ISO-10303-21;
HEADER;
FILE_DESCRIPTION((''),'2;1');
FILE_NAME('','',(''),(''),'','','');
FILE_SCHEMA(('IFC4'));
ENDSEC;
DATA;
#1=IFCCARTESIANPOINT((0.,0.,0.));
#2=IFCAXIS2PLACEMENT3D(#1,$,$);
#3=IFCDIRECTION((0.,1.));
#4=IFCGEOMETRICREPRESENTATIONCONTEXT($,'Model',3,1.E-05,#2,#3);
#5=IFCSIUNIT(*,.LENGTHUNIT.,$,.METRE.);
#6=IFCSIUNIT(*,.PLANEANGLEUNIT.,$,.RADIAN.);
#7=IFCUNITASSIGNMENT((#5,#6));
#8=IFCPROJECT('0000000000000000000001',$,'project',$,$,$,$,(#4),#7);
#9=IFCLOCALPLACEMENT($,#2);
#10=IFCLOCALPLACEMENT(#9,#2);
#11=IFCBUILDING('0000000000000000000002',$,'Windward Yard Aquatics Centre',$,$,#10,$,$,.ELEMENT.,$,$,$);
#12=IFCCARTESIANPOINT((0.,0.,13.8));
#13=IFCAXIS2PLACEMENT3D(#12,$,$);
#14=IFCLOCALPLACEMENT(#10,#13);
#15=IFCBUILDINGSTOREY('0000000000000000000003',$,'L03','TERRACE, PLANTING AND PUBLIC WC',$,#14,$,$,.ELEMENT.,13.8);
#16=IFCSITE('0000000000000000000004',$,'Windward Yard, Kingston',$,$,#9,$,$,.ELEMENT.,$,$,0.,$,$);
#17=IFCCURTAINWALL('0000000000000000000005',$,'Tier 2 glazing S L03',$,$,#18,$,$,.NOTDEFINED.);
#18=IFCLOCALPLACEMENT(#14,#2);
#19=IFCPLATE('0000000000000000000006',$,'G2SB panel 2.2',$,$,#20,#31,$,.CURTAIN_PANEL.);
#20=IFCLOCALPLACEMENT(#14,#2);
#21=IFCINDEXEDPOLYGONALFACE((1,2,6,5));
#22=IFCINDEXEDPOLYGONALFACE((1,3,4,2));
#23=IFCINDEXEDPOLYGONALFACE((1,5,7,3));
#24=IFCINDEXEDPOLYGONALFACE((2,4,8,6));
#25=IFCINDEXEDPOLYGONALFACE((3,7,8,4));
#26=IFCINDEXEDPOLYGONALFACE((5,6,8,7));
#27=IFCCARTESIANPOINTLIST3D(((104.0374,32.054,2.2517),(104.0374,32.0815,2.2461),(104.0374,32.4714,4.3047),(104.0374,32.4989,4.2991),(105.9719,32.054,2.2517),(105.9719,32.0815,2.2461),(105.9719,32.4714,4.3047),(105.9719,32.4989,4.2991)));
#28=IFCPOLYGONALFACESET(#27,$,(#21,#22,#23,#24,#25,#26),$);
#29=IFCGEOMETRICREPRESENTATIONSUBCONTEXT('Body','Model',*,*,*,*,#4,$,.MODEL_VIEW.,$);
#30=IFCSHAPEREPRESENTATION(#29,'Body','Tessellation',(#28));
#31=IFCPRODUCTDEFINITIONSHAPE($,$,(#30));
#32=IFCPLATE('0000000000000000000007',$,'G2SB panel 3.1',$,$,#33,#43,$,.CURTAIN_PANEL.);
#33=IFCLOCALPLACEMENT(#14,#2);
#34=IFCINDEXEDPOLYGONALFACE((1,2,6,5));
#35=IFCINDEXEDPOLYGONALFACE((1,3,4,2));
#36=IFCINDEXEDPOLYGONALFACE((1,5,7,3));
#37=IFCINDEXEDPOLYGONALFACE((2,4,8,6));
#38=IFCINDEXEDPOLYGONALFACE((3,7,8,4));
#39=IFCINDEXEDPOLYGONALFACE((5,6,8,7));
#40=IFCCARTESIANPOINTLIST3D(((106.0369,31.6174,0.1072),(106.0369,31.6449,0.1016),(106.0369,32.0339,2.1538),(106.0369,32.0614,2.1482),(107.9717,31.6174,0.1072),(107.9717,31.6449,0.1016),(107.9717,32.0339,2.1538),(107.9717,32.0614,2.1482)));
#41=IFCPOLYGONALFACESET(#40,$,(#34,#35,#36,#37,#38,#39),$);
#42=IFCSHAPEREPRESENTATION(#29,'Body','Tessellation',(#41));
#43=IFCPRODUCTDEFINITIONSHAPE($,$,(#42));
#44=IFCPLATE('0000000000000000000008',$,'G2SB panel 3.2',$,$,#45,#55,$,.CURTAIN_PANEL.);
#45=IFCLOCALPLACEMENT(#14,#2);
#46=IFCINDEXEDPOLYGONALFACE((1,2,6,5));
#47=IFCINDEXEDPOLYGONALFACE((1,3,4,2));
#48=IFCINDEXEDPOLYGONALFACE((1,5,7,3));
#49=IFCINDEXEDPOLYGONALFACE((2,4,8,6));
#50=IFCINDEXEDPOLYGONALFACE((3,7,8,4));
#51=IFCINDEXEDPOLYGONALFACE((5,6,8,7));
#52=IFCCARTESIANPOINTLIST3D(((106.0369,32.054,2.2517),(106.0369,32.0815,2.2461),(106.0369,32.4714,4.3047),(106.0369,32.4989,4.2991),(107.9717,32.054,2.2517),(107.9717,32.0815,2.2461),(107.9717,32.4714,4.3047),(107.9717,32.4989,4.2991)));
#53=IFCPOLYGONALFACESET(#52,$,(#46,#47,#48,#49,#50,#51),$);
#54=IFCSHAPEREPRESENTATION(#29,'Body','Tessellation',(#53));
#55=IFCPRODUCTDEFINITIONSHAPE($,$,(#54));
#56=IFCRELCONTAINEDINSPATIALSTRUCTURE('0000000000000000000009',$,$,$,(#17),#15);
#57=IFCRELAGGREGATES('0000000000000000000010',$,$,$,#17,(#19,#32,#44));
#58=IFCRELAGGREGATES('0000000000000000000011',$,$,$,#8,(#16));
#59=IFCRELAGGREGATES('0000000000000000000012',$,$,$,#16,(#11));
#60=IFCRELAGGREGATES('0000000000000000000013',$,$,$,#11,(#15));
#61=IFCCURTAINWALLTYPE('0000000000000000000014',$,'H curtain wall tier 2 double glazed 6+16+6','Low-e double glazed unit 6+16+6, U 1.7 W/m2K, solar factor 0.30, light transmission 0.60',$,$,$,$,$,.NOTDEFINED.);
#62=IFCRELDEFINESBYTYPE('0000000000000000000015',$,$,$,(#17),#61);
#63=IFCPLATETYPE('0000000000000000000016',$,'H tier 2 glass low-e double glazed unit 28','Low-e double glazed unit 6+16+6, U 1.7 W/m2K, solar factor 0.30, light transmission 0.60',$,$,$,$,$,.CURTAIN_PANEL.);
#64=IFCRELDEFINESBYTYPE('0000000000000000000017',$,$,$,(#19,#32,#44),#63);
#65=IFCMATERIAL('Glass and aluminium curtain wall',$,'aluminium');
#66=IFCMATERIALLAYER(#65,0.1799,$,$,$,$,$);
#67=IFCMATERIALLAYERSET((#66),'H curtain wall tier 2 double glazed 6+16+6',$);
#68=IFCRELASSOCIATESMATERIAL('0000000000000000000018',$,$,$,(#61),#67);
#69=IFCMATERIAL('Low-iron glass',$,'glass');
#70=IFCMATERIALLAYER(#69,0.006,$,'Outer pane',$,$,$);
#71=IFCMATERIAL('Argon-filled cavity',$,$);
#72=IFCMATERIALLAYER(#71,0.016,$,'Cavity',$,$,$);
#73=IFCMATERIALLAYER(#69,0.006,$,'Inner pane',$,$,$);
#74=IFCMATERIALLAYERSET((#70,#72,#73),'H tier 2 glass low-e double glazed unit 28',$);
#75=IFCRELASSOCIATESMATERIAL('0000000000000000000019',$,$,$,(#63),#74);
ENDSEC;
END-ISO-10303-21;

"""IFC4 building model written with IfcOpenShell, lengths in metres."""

from ifc_helpers import new_model, si_unit, direction, frame, origin, place, context, subcontext, project, spatial, polyline, outline, extrude, material, layer, layer_set, type_object, element, aggregate, save


model = new_model("IFC4")

# Units and contexts
model_context = context("Model", 3, precision=1e-05, world=origin(), true_north=direction((0.0, 1.0)))
body_context = subcontext(model_context, "Body", "Model", "MODEL_VIEW")
ifc_project = project(units=[si_unit("LENGTHUNIT", "METRE"), si_unit("PLANEANGLEUNIT", "RADIAN")], contexts=[model_context])

# Site, building, storey
site_placement = place(None, origin())
site = spatial("IfcSite", under=ifc_project, at=site_placement, Name="Windward Yard, Kingston", CompositionType="ELEMENT", RefElevation=0.0)
building_placement = place(site_placement, origin())
building = spatial("IfcBuilding", under=site, at=building_placement, Name="Windward Yard Aquatics Centre", CompositionType="ELEMENT")
storey_placement = place(building_placement, frame((0.0, 0.0, 13.8)))
storey = spatial("IfcBuildingStorey", under=building, at=storey_placement, Name="L03", Description="TERRACE, PLANTING AND PUBLIC WC", CompositionType="ELEMENT", Elevation=13.8)

# Curtain wall
ifc_material_1 = material(Name="Glass and aluminium curtain wall", Category="aluminium")
ifc_layer_1 = layer(ifc_material_1, 0.1799)
ifc_layer_set_1 = layer_set([ifc_layer_1], Name="H curtain wall tier 2 double glazed 6+16+6")
curtain_wall_type = type_object("IfcCurtainWallType", Name="H curtain wall tier 2 double glazed 6+16+6", Description="Low-e double glazed unit 6+16+6, U 1.7 W/m2K, solar factor 0.30, light transmission 0.60", PredefinedType="NOTDEFINED", material=ifc_layer_set_1)
curtain_wall_1_placement = place(storey_placement, origin())
curtain_wall_1 = element("IfcCurtainWall", 1, at=curtain_wall_1_placement, inside=storey, type_object=curtain_wall_type, Name="Tier 2 glazing S L03", PredefinedType="NOTDEFINED")

# Plates
ifc_material_2 = material(Name="Low-iron glass", Category="glass")
ifc_layer_2 = layer(ifc_material_2, 0.006, Name="Outer pane")
ifc_material_3 = material(Name="Argon-filled cavity")
ifc_layer_3 = layer(ifc_material_3, 0.016, Name="Cavity")
ifc_layer_4 = layer(ifc_material_2, 0.006, Name="Inner pane")
ifc_layer_set_2 = layer_set([ifc_layer_2, ifc_layer_3, ifc_layer_4], Name="H tier 2 glass low-e double glazed unit 28")
plate_type = type_object("IfcPlateType", Name="H tier 2 glass low-e double glazed unit 28", Description="Low-e double glazed unit 6+16+6, U 1.7 W/m2K, solar factor 0.30, light transmission 0.60", PredefinedType="CURTAIN_PANEL", material=ifc_layer_set_2)
plate_1_placement = place(storey_placement, frame((104.0374, 32.054, 2.2517), z_axis=(0.0, -0.979944, 0.199275), x_axis=(1.0, 0.0, 0.0)))
plate_1 = element("IfcPlate", 2, at=plate_1_placement, type_object=plate_type, Name="G2SB panel 2.2", PredefinedType="CURTAIN_PANEL", context=body_context, shape_type="SweptSolid", body=[
    extrude(outline(polyline([(0.0, 0.0), (1.9346, 0.0), (1.9346, 2.095), (0.0, 2.095), (0.0, 0.0)])), origin(), (0.0, 0.0, -1.0), 0.0281),
])
plate_2_placement = place(storey_placement, frame((106.0369, 31.6174, 0.1072), z_axis=(0.0, -0.979914, 0.199419), x_axis=(1.0, 0.0, 0.0)))
plate_2 = element("IfcPlate", 3, at=plate_2_placement, type_object=plate_type, Name="G2SB panel 3.1", PredefinedType="CURTAIN_PANEL", context=body_context, shape_type="SweptSolid", body=[
    extrude(outline(polyline([(0.0, 0.0), (1.9348, 0.0), (1.9348, 2.0886), (0.0, 2.0886), (0.0, 0.0)])), origin(), (0.0, 0.0, -1.0), 0.0281),
])
plate_3_placement = place(storey_placement, frame((106.0369, 32.054, 2.2517), z_axis=(0.0, -0.979944, 0.199275), x_axis=(1.0, 0.0, 0.0)))
plate_3 = element("IfcPlate", 4, at=plate_3_placement, type_object=plate_type, Name="G2SB panel 3.2", PredefinedType="CURTAIN_PANEL", context=body_context, shape_type="SweptSolid", body=[
    extrude(outline(polyline([(0.0, 0.0), (1.9348, 0.0), (1.9348, 2.095), (0.0, 2.095), (0.0, 0.0)])), origin(), (0.0, 0.0, -1.0), 0.0281),
])
aggregate(curtain_wall_1, [plate_1, plate_2, plate_3])

save(model, "model.ifc")
